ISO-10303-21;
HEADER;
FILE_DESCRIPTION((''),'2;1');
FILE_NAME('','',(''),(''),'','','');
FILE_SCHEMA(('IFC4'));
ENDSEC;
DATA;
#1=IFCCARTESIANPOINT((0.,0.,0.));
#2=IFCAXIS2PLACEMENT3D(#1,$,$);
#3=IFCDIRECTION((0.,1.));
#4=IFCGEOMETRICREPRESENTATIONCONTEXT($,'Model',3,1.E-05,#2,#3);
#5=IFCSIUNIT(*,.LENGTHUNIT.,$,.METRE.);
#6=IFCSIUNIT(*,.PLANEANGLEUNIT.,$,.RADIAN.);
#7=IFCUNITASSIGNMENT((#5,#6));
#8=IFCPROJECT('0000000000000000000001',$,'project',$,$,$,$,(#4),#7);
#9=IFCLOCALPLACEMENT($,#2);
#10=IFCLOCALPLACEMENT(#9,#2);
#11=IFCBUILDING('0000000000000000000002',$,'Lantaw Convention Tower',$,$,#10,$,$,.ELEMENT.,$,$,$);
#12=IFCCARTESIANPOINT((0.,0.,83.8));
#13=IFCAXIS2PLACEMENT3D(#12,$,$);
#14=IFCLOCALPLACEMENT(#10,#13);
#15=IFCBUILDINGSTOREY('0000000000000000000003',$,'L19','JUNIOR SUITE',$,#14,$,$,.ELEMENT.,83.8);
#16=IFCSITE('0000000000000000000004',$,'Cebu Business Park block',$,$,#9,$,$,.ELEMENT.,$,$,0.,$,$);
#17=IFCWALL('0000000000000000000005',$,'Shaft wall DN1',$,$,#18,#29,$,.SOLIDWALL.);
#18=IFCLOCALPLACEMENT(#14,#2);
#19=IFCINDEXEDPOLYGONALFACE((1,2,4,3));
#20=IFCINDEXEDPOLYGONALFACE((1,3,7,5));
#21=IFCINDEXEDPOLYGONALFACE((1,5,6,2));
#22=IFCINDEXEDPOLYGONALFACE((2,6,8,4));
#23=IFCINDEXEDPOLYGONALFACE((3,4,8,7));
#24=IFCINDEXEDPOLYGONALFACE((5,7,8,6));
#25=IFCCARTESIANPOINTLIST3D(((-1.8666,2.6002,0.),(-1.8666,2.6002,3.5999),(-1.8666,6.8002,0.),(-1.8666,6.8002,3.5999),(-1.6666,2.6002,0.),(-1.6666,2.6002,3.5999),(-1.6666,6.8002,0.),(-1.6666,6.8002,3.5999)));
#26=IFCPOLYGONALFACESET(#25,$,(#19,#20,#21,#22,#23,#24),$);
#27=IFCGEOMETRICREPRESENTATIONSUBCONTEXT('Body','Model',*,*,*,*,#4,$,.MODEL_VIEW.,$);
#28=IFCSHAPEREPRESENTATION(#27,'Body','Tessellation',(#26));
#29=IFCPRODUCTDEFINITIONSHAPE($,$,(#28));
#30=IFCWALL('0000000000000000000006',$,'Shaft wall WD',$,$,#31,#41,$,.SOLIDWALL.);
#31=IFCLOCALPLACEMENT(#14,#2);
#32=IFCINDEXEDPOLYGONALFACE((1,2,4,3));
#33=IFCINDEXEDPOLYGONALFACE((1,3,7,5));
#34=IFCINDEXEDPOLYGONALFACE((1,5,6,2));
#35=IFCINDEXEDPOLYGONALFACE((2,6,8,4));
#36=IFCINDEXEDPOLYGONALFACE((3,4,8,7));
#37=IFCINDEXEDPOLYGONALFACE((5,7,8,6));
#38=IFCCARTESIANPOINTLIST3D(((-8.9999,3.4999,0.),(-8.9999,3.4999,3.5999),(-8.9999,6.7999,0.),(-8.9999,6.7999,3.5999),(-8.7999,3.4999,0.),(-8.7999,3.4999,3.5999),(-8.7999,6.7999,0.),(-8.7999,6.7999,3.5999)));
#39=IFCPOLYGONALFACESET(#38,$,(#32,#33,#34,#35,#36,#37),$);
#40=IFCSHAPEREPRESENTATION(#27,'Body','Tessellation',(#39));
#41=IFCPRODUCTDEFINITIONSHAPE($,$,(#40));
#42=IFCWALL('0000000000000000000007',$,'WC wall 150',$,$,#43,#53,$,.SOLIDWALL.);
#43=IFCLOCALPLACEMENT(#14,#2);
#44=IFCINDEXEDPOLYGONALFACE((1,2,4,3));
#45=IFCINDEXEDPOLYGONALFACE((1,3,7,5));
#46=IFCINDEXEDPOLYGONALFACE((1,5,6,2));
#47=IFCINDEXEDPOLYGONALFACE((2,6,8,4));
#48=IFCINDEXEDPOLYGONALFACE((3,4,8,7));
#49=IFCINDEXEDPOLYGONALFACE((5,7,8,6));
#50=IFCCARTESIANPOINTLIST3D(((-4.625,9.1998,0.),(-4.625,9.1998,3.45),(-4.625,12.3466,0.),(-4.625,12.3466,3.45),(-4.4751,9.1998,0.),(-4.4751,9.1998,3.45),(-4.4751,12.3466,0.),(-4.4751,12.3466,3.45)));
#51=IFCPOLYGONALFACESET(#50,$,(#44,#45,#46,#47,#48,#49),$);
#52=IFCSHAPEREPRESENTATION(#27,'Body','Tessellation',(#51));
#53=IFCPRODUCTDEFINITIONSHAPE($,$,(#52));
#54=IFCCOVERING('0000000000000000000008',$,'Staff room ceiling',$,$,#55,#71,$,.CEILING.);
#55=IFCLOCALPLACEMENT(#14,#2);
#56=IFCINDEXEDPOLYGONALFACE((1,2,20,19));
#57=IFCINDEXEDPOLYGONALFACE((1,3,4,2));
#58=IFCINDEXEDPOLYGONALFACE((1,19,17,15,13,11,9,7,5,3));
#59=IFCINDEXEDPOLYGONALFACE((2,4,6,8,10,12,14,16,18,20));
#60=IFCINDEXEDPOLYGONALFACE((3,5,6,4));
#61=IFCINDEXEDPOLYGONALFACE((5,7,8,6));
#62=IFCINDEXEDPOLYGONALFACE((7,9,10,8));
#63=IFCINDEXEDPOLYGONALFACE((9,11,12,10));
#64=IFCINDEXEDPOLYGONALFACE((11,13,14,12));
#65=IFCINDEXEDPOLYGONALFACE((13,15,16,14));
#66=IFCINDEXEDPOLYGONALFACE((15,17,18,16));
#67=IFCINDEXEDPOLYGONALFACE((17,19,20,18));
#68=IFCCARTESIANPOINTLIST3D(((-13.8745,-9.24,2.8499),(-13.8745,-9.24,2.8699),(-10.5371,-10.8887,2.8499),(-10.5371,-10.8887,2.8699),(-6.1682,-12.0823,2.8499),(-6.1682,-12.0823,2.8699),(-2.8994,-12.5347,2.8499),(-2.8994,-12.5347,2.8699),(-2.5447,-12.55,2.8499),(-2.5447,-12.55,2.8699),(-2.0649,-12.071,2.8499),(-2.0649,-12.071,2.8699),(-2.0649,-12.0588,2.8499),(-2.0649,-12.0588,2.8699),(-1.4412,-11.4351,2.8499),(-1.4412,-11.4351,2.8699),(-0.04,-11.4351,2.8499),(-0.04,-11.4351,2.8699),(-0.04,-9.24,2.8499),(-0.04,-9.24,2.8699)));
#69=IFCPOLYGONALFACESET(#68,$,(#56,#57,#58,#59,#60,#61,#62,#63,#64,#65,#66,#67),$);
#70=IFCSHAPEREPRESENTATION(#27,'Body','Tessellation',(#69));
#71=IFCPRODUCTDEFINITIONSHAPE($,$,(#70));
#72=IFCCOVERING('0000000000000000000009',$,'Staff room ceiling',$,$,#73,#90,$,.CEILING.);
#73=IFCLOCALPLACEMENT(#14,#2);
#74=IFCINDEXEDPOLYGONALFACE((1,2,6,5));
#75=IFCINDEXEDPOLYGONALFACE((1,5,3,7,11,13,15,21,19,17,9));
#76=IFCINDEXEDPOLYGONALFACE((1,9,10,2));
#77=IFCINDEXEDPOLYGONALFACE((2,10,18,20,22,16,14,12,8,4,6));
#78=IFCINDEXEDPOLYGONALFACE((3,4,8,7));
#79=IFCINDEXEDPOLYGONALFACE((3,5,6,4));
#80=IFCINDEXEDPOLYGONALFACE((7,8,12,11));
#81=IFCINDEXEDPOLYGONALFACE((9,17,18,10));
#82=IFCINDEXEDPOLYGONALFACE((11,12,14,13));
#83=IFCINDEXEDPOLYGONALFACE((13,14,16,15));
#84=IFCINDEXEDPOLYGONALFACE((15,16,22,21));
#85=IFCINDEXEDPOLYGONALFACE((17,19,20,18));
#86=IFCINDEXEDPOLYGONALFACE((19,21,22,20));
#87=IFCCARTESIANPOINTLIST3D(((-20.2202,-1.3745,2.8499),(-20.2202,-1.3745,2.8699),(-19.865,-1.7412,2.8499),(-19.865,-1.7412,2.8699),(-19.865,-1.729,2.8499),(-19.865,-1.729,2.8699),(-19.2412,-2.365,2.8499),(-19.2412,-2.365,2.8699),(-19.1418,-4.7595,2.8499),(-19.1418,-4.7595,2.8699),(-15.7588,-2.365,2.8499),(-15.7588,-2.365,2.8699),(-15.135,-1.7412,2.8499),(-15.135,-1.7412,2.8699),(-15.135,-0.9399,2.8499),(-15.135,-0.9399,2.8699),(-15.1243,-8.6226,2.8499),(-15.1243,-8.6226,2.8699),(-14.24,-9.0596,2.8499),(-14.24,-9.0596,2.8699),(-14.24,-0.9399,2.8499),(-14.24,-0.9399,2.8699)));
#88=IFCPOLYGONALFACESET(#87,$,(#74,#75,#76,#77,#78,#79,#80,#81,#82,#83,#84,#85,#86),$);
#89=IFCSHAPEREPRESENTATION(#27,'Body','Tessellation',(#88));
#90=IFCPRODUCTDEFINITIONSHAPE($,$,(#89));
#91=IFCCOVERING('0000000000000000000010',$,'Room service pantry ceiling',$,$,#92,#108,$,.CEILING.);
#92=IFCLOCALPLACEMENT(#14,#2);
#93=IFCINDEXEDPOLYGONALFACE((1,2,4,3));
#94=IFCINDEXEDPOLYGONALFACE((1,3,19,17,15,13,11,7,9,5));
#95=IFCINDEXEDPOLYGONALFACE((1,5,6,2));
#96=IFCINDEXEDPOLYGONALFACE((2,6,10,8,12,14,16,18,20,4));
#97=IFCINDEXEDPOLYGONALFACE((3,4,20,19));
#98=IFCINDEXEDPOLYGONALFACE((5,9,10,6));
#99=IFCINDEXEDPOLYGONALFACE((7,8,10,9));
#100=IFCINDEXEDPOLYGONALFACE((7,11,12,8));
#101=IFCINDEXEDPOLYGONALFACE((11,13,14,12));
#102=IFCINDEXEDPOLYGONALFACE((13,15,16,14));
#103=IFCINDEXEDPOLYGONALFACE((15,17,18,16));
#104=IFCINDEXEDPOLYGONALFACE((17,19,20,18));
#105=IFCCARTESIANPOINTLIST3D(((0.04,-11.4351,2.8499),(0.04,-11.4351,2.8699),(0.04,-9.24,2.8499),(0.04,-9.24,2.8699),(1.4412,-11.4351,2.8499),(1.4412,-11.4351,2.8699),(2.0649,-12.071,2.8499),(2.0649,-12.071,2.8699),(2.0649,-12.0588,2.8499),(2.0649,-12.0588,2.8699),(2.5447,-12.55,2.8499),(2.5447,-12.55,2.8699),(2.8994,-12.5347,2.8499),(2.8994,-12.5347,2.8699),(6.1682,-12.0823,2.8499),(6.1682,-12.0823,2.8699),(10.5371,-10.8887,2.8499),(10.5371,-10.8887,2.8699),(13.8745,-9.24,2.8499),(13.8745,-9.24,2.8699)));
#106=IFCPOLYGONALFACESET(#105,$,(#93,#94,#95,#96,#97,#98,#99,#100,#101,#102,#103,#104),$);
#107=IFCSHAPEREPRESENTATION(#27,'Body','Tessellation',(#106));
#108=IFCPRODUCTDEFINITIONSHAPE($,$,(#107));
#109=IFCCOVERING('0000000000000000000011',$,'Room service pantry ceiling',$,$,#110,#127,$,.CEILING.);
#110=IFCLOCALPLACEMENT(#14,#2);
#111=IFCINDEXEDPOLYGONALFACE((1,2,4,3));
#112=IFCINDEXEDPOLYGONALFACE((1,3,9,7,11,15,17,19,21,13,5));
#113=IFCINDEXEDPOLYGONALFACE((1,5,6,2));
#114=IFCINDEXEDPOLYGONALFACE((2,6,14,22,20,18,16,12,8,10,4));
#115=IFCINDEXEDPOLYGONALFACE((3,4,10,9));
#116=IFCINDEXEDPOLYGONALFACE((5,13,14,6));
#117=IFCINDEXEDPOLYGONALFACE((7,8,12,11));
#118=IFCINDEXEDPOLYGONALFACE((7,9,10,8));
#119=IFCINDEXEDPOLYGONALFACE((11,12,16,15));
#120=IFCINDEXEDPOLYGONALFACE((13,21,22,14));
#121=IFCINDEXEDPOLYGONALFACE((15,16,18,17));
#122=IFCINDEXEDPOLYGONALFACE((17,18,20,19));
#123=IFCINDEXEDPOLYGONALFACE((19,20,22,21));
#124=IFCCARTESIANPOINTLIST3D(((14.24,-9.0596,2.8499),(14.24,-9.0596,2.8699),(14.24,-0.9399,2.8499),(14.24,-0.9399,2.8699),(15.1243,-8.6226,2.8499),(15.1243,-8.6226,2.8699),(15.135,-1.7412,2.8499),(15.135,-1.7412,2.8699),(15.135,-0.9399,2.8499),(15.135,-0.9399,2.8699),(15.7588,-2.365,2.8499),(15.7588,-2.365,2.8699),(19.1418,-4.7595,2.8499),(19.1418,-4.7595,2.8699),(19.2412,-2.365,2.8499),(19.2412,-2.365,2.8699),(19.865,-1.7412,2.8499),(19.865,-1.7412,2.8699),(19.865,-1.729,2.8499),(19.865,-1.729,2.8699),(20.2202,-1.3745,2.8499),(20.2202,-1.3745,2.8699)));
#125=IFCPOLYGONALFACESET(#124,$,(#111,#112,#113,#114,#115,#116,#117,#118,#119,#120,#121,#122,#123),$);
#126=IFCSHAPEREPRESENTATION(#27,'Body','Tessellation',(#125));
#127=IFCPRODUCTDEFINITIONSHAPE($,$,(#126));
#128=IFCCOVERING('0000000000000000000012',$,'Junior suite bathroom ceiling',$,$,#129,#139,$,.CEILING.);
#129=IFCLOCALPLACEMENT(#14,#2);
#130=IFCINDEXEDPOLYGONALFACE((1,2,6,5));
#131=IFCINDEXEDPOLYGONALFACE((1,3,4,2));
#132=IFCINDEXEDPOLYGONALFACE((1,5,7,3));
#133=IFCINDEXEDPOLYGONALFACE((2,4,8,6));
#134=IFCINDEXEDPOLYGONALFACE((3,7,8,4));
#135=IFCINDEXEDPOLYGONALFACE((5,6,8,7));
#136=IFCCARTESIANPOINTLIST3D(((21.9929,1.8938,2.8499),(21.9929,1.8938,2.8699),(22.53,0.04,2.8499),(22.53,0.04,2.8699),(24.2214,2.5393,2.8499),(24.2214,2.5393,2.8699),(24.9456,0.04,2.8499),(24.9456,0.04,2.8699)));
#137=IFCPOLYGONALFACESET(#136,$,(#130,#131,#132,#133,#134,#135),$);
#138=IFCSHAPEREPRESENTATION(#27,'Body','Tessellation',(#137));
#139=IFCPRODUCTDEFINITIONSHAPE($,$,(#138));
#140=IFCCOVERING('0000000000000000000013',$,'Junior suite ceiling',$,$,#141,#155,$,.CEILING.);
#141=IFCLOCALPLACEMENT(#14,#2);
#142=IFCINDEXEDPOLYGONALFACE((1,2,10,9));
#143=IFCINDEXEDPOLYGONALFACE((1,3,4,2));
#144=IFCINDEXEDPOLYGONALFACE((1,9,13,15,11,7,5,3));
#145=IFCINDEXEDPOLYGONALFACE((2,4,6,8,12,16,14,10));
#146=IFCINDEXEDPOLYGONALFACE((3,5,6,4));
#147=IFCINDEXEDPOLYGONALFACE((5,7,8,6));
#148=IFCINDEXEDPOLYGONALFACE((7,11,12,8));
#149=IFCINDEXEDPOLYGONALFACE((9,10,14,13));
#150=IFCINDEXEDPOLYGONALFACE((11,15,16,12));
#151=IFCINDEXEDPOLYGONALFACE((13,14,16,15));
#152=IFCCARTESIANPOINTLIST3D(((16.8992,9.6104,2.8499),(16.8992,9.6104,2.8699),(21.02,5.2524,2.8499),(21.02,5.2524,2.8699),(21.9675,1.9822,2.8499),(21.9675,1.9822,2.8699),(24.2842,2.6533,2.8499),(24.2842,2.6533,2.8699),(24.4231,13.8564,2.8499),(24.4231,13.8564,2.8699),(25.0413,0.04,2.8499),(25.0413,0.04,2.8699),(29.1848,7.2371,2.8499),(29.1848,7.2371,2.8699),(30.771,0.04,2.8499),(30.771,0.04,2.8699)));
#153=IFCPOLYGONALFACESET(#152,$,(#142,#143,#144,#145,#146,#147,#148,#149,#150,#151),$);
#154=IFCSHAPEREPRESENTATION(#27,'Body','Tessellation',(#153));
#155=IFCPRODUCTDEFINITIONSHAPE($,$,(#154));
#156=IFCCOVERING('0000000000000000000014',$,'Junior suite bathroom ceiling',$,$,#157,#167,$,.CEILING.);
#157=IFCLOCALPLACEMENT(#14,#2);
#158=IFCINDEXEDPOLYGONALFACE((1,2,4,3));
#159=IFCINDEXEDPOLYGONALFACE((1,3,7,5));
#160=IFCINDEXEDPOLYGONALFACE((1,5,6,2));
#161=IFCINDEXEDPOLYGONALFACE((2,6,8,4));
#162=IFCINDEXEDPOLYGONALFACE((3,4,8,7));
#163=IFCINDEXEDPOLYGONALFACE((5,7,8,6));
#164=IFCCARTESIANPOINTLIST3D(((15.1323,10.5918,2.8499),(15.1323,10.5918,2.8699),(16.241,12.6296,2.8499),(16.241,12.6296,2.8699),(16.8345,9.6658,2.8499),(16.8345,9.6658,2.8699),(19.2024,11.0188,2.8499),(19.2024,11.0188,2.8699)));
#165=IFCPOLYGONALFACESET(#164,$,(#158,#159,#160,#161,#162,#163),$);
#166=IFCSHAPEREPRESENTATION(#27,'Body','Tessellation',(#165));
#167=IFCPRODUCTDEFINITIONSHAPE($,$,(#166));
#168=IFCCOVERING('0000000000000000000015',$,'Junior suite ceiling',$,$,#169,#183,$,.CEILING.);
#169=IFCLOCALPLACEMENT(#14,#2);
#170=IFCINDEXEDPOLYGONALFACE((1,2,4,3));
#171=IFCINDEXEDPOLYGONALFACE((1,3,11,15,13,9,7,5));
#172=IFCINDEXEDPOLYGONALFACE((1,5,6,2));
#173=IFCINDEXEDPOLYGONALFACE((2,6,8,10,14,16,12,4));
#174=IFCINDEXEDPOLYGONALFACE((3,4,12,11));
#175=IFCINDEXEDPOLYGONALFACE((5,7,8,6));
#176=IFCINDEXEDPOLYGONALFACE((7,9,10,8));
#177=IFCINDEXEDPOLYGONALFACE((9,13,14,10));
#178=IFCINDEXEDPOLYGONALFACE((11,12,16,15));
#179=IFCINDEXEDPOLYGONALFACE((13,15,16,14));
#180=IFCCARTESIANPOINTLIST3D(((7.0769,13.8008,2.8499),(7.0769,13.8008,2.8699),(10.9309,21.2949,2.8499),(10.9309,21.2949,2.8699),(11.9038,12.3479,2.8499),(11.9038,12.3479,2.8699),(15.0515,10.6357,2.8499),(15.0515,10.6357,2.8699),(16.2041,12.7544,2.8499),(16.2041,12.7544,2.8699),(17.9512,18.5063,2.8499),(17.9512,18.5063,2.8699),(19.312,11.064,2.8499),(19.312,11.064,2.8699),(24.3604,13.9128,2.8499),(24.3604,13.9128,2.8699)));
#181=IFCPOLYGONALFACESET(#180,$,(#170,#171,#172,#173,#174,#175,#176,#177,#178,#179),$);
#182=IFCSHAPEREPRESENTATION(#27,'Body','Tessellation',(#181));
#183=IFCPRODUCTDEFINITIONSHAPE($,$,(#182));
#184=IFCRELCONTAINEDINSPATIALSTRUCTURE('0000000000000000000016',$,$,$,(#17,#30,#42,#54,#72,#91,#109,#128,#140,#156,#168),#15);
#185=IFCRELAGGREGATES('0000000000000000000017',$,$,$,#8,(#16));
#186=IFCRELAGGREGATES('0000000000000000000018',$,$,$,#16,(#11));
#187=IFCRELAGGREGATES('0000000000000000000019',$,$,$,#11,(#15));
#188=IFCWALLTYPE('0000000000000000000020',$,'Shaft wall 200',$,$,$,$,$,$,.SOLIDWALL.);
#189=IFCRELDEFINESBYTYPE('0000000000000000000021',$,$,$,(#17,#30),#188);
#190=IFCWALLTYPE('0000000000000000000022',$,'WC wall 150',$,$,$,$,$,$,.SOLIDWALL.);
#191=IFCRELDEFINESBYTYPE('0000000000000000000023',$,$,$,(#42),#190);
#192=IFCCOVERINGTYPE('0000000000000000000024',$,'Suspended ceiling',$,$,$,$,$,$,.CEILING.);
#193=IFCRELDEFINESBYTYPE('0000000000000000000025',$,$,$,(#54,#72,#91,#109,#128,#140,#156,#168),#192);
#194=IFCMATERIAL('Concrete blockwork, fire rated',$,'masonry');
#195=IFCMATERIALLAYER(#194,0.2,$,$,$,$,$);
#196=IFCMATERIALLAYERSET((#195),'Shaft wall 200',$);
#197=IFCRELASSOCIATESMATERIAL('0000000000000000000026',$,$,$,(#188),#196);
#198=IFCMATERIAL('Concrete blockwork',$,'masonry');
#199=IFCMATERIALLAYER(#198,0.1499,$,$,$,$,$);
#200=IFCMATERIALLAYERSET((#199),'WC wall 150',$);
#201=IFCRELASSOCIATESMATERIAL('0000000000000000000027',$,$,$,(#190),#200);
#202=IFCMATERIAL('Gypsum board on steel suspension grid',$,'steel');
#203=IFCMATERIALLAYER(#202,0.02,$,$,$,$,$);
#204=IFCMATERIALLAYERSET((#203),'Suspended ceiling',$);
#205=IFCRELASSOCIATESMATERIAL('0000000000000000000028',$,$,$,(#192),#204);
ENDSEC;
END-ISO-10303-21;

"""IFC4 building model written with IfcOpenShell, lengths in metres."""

from ifc_helpers import new_model, si_unit, direction, frame, frame_2d, origin, place, context, subcontext, project, spatial, polyline, rectangle, outline, extrude, material, layer, layer_set, type_object, element, save


model = new_model("IFC4")

# Units and contexts
model_context = context("Model", 3, precision=1e-05, world=origin(), true_north=direction((0.0, 1.0)))
body_context = subcontext(model_context, "Body", "Model", "MODEL_VIEW")
ifc_project = project(units=[si_unit("LENGTHUNIT", "METRE"), si_unit("PLANEANGLEUNIT", "RADIAN")], contexts=[model_context])

# Site, building, storey
site_placement = place(None, origin())
site = spatial("IfcSite", under=ifc_project, at=site_placement, Name="Cebu Business Park block", CompositionType="ELEMENT", RefElevation=0.0)
building_placement = place(site_placement, origin())
building = spatial("IfcBuilding", under=site, at=building_placement, Name="Lantaw Convention Tower", CompositionType="ELEMENT")
storey_placement = place(building_placement, frame((0.0, 0.0, 83.8)))
storey = spatial("IfcBuildingStorey", under=building, at=storey_placement, Name="L19", Description="JUNIOR SUITE", CompositionType="ELEMENT", Elevation=83.8)

# Walls
ifc_material_1 = material(Name="Concrete blockwork, fire rated", Category="masonry")
ifc_layer_1 = layer(ifc_material_1, 0.2)
ifc_layer_set_1 = layer_set([ifc_layer_1], Name="Shaft wall 200")
wall_type_1 = type_object("IfcWallType", Name="Shaft wall 200", PredefinedType="SOLIDWALL", material=ifc_layer_set_1)
wall_1_placement = place(storey_placement, frame((-1.7666, 2.6001, 0.0), z_axis=(0.0, 0.0, 1.0), x_axis=(0.0, 1.0, 0.0)))
element("IfcWall", 1, at=wall_1_placement, inside=storey, type_object=wall_type_1, Name="Shaft wall DN1", PredefinedType="SOLIDWALL", context=body_context, shape_type="SweptSolid", body=[
    extrude(rectangle(XDim=4.2, YDim=0.2, at=frame_2d((2.1001, 0.0))), origin(), (0.0, 0.0, 1.0), 3.5999),
])
wall_2_placement = place(storey_placement, frame((-8.8999, 3.5, 0.0), z_axis=(0.0, 0.0, 1.0), x_axis=(0.0, 1.0, 0.0)))
element("IfcWall", 2, at=wall_2_placement, inside=storey, type_object=wall_type_1, Name="Shaft wall WD", PredefinedType="SOLIDWALL", context=body_context, shape_type="SweptSolid", body=[
    extrude(rectangle(XDim=3.3, YDim=0.2, at=frame_2d((1.6499, 0.0))), origin(), (0.0, 0.0, 1.0), 3.5999),
])
ifc_material_2 = material(Name="Concrete blockwork", Category="masonry")
ifc_layer_2 = layer(ifc_material_2, 0.1499)
ifc_layer_set_2 = layer_set([ifc_layer_2], Name="WC wall 150")
wall_type_2 = type_object("IfcWallType", Name="WC wall 150", PredefinedType="SOLIDWALL", material=ifc_layer_set_2)
wall_3_placement = place(storey_placement, frame((-4.55, 9.2, 0.0), z_axis=(0.0, 0.0, 1.0), x_axis=(0.0, 1.0, 0.0)))
element("IfcWall", 3, at=wall_3_placement, inside=storey, type_object=wall_type_2, Name="WC wall 150", PredefinedType="SOLIDWALL", context=body_context, shape_type="SweptSolid", body=[
    extrude(rectangle(XDim=3.1467, YDim=0.1499, at=frame_2d((1.5732, 0.0))), origin(), (0.0, 0.0, 1.0), 3.45),
])

# Coverings
ifc_material_3 = material(Name="Gypsum board on steel suspension grid", Category="steel")
ifc_layer_3 = layer(ifc_material_3, 0.02)
ifc_layer_set_3 = layer_set([ifc_layer_3], Name="Suspended ceiling")
covering_type = type_object("IfcCoveringType", Name="Suspended ceiling", PredefinedType="CEILING", material=ifc_layer_set_3)
covering_1_placement = place(storey_placement, frame((0.0, 0.0, 2.8499)))
element("IfcCovering", 4, at=covering_1_placement, inside=storey, type_object=covering_type, Name="Staff room ceiling", PredefinedType="CEILING", context=body_context, shape_type="SweptSolid", body=[
    extrude(outline(polyline([(-10.5371, -10.8887), (-6.1682, -12.0823), (-2.8994, -12.5347), (-2.5447, -12.55), (-2.0649, -12.071), (-2.0649, -12.0588), (-1.4412, -11.4351), (-0.04, -11.4351), (-0.04, -9.24), (-13.8745, -9.24), (-10.5371, -10.8887)])), origin(), (0.0, 0.0, 1.0), 0.02),
])
covering_2_placement = place(storey_placement, frame((0.0, 0.0, 2.8499)))
element("IfcCovering", 5, at=covering_2_placement, inside=storey, type_object=covering_type, Name="Staff room ceiling", PredefinedType="CEILING", context=body_context, shape_type="SweptSolid", body=[
    extrude(outline(polyline([(-19.865, -1.7412), (-19.865, -1.729), (-20.2202, -1.3745), (-19.1418, -4.7595), (-15.1243, -8.6226), (-14.24, -9.0596), (-14.24, -0.9399), (-15.135, -0.9399), (-15.135, -1.7412), (-15.7588, -2.365), (-19.2412, -2.365), (-19.865, -1.7412)])), origin(), (0.0, 0.0, 1.0), 0.02),
])
covering_3_placement = place(storey_placement, frame((0.0, 0.0, 2.8499)))
element("IfcCovering", 6, at=covering_3_placement, inside=storey, type_object=covering_type, Name="Room service pantry ceiling", PredefinedType="CEILING", context=body_context, shape_type="SweptSolid", body=[
    extrude(outline(polyline([(2.0649, -12.071), (2.5447, -12.55), (2.8994, -12.5347), (6.1682, -12.0823), (10.5371, -10.8887), (13.8745, -9.24), (0.04, -9.24), (0.04, -11.4351), (1.4412, -11.4351), (2.0649, -12.0588), (2.0649, -12.071)])), origin(), (0.0, 0.0, 1.0), 0.02),
])
covering_4_placement = place(storey_placement, frame((0.0, 0.0, 2.8499)))
element("IfcCovering", 7, at=covering_4_placement, inside=storey, type_object=covering_type, Name="Room service pantry ceiling", PredefinedType="CEILING", context=body_context, shape_type="SweptSolid", body=[
    extrude(outline(polyline([(14.24, -0.9399), (14.24, -9.0596), (15.1243, -8.6226), (19.1418, -4.7595), (20.2202, -1.3745), (19.865, -1.729), (19.865, -1.7412), (19.2412, -2.365), (15.7588, -2.365), (15.135, -1.7412), (15.135, -0.9399), (14.24, -0.9399)])), origin(), (0.0, 0.0, 1.0), 0.02),
])
covering_5_placement = place(storey_placement, frame((0.0, 0.0, 2.8499)))
element("IfcCovering", 8, at=covering_5_placement, inside=storey, type_object=covering_type, Name="Junior suite bathroom ceiling", PredefinedType="CEILING", context=body_context, shape_type="SweptSolid", body=[
    extrude(outline(polyline([(22.53, 0.04), (24.9456, 0.04), (24.2214, 2.5393), (21.9929, 1.8938), (22.53, 0.04)])), origin(), (0.0, 0.0, 1.0), 0.02),
])
covering_6_placement = place(storey_placement, frame((0.0, 0.0, 2.8499)))
element("IfcCovering", 9, at=covering_6_placement, inside=storey, type_object=covering_type, Name="Junior suite ceiling", PredefinedType="CEILING", context=body_context, shape_type="SweptSolid", body=[
    extrude(outline(polyline([(16.8992, 9.6104), (21.02, 5.2524), (21.9675, 1.9822), (24.2842, 2.6533), (25.0413, 0.04), (30.771, 0.04), (29.1848, 7.2371), (24.4231, 13.8564), (16.8992, 9.6104)])), origin(), (0.0, 0.0, 1.0), 0.02),
])
covering_7_placement = place(storey_placement, frame((0.0, 0.0, 2.8499)))
element("IfcCovering", 10, at=covering_7_placement, inside=storey, type_object=covering_type, Name="Junior suite bathroom ceiling", PredefinedType="CEILING", context=body_context, shape_type="SweptSolid", body=[
    extrude(outline(polyline([(16.8345, 9.6658), (19.2024, 11.0188), (16.241, 12.6296), (15.1323, 10.5918), (16.8345, 9.6658)])), origin(), (0.0, 0.0, 1.0), 0.02),
])
covering_8_placement = place(storey_placement, frame((0.0, 0.0, 2.8499)))
element("IfcCovering", 11, at=covering_8_placement, inside=storey, type_object=covering_type, Name="Junior suite ceiling", PredefinedType="CEILING", context=body_context, shape_type="SweptSolid", body=[
    extrude(outline(polyline([(7.0769, 13.8008), (11.9038, 12.3479), (15.0515, 10.6357), (16.2041, 12.7544), (19.312, 11.064), (24.3604, 13.9128), (17.9512, 18.5063), (10.9309, 21.2949), (7.0769, 13.8008)])), origin(), (0.0, 0.0, 1.0), 0.02),
])

save(model, "model.ifc")
